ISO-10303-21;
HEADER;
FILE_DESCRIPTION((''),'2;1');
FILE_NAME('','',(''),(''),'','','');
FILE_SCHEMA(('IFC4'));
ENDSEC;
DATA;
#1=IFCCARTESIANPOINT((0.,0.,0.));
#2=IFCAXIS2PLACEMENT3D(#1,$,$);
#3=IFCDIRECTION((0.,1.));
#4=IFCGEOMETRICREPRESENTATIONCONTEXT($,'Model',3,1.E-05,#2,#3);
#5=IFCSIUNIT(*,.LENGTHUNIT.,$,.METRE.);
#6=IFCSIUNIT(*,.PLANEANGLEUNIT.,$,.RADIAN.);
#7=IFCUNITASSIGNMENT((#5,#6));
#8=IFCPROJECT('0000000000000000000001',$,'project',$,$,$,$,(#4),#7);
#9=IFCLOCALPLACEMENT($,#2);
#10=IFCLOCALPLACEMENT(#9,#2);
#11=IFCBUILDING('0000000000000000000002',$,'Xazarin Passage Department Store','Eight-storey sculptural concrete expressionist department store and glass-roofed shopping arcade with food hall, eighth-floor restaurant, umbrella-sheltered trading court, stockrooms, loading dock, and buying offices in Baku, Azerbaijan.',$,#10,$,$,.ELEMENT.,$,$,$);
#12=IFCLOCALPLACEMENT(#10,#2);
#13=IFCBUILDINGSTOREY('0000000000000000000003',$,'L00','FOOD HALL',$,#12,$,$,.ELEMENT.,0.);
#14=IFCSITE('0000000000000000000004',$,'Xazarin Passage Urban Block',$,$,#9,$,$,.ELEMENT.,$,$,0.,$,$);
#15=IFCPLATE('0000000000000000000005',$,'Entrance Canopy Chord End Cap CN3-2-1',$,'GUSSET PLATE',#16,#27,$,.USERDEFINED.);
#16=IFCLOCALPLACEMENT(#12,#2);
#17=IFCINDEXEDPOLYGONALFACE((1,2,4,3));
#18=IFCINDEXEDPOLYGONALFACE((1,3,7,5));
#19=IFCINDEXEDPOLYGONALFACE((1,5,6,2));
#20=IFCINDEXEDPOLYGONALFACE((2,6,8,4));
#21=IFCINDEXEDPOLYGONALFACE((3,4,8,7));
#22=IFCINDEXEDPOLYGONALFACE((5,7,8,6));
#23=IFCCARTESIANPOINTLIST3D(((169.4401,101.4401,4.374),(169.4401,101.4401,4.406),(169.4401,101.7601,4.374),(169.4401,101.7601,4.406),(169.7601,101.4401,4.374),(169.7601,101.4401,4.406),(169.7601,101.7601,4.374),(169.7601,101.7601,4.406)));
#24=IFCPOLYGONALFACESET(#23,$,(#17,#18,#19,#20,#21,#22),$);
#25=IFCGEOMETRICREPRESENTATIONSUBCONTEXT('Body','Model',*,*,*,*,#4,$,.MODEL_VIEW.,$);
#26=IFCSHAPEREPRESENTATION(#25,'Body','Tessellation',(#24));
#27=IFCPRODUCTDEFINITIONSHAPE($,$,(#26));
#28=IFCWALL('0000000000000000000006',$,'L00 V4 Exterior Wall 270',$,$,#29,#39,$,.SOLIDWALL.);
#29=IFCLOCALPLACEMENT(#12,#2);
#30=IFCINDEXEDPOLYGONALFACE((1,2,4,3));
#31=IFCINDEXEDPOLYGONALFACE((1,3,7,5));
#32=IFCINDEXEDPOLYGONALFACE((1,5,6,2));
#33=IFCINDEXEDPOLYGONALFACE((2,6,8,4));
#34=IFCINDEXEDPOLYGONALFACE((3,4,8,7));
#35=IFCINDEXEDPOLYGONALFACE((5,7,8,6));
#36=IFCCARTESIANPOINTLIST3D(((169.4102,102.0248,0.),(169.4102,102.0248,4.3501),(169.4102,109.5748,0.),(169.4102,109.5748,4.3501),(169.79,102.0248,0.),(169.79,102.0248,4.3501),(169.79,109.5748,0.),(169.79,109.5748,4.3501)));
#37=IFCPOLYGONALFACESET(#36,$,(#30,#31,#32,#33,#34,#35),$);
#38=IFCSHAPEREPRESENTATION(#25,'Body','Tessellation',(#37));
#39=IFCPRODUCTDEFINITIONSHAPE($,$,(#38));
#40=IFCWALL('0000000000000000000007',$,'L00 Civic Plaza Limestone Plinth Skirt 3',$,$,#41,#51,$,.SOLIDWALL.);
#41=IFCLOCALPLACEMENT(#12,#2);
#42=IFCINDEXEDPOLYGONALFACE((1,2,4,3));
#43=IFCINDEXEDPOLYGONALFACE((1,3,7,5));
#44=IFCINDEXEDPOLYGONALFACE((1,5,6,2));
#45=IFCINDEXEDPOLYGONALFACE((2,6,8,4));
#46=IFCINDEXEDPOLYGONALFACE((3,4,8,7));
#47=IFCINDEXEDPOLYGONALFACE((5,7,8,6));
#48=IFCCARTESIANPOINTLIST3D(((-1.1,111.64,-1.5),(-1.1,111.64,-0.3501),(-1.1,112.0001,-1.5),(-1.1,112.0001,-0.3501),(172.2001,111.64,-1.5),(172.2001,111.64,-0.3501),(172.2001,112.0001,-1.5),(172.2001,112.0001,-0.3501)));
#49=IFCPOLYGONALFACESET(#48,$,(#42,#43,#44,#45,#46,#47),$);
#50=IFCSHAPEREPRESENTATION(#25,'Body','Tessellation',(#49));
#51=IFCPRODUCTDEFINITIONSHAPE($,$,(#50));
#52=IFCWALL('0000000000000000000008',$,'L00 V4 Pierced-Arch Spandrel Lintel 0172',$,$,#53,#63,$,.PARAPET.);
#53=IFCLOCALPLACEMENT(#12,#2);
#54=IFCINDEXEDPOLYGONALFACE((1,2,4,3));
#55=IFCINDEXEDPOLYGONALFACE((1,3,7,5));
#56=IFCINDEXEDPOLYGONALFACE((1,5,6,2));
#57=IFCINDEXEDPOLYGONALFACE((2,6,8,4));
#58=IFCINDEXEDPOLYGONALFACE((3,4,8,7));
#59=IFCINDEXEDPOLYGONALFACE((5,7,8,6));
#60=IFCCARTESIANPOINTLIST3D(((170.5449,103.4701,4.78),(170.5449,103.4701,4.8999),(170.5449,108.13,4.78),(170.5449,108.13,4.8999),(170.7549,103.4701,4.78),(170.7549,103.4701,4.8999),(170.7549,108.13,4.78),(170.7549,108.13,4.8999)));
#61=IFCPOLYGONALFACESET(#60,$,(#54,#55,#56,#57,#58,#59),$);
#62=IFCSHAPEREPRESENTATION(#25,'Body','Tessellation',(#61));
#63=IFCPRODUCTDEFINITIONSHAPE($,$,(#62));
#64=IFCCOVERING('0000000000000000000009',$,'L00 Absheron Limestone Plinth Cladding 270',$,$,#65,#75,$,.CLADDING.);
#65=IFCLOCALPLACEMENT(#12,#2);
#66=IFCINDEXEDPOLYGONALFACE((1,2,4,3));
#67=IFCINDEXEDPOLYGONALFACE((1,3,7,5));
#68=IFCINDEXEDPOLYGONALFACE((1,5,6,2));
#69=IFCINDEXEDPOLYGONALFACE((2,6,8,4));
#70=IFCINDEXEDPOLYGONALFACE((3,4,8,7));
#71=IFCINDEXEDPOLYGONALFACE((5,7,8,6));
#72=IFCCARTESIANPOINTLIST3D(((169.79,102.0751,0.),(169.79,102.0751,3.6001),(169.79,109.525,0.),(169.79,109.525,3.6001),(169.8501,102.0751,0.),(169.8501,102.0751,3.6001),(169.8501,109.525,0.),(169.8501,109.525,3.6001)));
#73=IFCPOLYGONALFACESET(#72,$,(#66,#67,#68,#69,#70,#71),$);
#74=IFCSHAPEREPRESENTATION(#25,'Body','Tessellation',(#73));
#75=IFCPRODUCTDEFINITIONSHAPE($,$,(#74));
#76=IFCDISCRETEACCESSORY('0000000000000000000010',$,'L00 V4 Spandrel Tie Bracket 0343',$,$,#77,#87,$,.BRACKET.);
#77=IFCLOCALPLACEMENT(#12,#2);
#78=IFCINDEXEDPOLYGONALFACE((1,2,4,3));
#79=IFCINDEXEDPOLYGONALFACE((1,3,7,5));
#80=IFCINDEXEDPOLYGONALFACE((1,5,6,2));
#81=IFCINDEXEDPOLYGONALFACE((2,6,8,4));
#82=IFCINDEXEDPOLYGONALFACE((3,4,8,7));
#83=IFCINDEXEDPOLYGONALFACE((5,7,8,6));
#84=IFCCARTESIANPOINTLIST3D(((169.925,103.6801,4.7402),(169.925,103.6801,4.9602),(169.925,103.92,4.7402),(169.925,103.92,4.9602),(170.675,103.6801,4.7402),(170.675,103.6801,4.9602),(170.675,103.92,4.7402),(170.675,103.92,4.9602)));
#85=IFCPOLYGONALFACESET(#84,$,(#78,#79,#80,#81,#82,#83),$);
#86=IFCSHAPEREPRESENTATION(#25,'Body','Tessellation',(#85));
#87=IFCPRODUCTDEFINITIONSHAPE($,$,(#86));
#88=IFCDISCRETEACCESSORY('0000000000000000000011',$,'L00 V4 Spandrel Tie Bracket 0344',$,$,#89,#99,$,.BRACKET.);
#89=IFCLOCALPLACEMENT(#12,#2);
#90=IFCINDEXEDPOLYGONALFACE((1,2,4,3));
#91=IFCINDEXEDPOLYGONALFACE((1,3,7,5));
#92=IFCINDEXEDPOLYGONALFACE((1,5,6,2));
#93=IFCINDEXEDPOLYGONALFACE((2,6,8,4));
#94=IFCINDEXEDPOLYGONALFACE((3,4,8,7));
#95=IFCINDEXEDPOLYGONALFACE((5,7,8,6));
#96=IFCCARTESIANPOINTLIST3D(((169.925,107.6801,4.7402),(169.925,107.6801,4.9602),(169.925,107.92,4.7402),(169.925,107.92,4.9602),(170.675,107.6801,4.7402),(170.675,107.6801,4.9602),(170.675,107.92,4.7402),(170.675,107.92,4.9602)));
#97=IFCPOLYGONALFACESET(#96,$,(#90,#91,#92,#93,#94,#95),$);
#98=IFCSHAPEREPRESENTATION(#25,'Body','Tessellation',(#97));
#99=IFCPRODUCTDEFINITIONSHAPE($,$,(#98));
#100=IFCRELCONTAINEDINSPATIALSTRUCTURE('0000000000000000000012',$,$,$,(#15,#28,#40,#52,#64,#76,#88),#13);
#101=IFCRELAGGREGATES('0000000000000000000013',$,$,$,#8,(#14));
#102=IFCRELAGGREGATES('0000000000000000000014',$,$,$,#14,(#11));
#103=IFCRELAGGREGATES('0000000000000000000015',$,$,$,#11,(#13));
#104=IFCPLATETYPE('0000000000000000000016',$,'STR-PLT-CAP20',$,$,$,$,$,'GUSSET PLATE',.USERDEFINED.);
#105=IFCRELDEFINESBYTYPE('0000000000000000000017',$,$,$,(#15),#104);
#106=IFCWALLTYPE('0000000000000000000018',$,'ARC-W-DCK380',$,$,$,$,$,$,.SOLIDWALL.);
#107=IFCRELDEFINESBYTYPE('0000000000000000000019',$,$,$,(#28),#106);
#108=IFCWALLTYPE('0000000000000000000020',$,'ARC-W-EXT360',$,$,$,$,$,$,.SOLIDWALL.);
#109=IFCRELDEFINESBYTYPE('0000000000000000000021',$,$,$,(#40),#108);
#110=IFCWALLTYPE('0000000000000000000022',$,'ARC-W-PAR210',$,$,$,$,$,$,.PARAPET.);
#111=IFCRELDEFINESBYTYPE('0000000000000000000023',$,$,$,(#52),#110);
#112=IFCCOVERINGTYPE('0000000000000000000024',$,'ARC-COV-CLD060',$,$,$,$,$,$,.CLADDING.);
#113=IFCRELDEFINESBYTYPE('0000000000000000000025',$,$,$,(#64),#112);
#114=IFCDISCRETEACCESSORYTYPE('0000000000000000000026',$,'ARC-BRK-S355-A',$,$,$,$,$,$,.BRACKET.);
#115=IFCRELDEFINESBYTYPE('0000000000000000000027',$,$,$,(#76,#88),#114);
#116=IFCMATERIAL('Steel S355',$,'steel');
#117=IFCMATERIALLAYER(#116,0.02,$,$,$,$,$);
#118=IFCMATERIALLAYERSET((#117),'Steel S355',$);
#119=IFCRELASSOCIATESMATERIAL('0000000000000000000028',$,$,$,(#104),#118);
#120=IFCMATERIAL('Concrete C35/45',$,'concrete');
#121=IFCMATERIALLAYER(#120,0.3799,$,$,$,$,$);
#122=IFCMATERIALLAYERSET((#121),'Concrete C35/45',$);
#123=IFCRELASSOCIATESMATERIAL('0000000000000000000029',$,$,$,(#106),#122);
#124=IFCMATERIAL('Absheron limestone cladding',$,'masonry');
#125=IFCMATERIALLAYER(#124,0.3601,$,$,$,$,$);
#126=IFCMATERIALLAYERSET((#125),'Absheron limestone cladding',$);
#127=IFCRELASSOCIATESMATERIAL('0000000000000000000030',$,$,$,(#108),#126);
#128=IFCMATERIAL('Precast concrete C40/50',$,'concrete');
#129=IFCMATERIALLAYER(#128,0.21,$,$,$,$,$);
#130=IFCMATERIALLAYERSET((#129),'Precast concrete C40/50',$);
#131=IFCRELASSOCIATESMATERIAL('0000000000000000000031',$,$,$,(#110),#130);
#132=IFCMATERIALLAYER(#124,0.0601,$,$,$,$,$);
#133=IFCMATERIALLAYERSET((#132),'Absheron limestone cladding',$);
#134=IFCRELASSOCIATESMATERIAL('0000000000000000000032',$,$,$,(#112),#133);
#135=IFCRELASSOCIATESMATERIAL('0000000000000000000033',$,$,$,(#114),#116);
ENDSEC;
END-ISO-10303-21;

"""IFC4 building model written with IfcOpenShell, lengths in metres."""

from ifc_helpers import new_model, si_unit, direction, frame, frame_2d, origin, origin_2d, place, context, subcontext, project, spatial, rectangle, extrude, material, layer, layer_set, type_object, element, save


model = new_model("IFC4")

# Units and contexts
model_context = context("Model", 3, precision=1e-05, world=origin(), true_north=direction((0.0, 1.0)))
body_context = subcontext(model_context, "Body", "Model", "MODEL_VIEW")
ifc_project = project(units=[si_unit("LENGTHUNIT", "METRE"), si_unit("PLANEANGLEUNIT", "RADIAN")], contexts=[model_context])

# Site, building, storey
site_placement = place(None, origin())
site = spatial("IfcSite", under=ifc_project, at=site_placement, Name="Xazarin Passage Urban Block", CompositionType="ELEMENT", RefElevation=0.0)
building_placement = place(site_placement, origin())
building = spatial("IfcBuilding", under=site, at=building_placement, Name="Xazarin Passage Department Store", Description="Eight-storey sculptural concrete expressionist department store and glass-roofed shopping arcade with food hall, eighth-floor restaurant, umbrella-sheltered trading court, stockrooms, loading dock, and buying offices in Baku, Azerbaijan.", CompositionType="ELEMENT")
storey_placement = place(building_placement, origin())
storey = spatial("IfcBuildingStorey", under=building, at=storey_placement, Name="L00", Description="FOOD HALL", CompositionType="ELEMENT", Elevation=0.0)

# Shared definitions
ifc_material_1 = material(Name="Concrete C35/45", Category="concrete")

# Shared definitions
ifc_material_2 = material(Name="Steel S355", Category="steel")

# Plate
ifc_material_3 = material(Name="Precast concrete C40/50", Category="concrete")
ifc_layer_1 = layer(ifc_material_2, 0.02)
ifc_layer_set_1 = layer_set([ifc_layer_1], Name="Steel S355")
plate_type_1 = type_object("IfcPlateType", Name="STR-PLT-CAP20", ElementType="GUSSET PLATE", PredefinedType="USERDEFINED", material=ifc_layer_set_1)
plate_placement = place(storey_placement, frame((169.6001, 101.6001, 4.374), z_axis=(0.0, 0.0, 1.0), x_axis=(1.0, 0.0, 0.0)))
element("IfcPlate", 1, at=plate_placement, inside=storey, type_object=plate_type_1, Name="Entrance Canopy Chord End Cap CN3-2-1", ObjectType="GUSSET PLATE", PredefinedType="USERDEFINED", context=body_context, shape_type="SweptSolid", body=[
    extrude(rectangle(XDim=0.3201, YDim=0.3201, at=origin_2d()), origin(), (0.0, 0.0, 1.0), 0.032),
])

# Walls
ifc_layer_2 = layer(ifc_material_1, 0.3799)
ifc_layer_set_2 = layer_set([ifc_layer_2], Name="Concrete C35/45")
wall_type_1 = type_object("IfcWallType", Name="ARC-W-DCK380", PredefinedType="SOLIDWALL", material=ifc_layer_set_2)
wall_1_placement = place(storey_placement, frame((169.6001, 102.0249, 0.0), z_axis=(0.0, 0.0, 1.0), x_axis=(0.0, 1.0, 0.0)))
element("IfcWall", 2, at=wall_1_placement, inside=storey, type_object=wall_type_1, Name="L00 V4 Exterior Wall 270", PredefinedType="SOLIDWALL", context=body_context, shape_type="SweptSolid", body=[
    extrude(rectangle(XDim=7.55, YDim=0.3799, at=frame_2d((3.7749, 0.0))), origin(), (0.0, 0.0, 1.0), 4.3501),
])
ifc_material_4 = material(Name="Absheron limestone cladding", Category="masonry")
ifc_layer_3 = layer(ifc_material_4, 0.3601)
ifc_layer_set_3 = layer_set([ifc_layer_3], Name="Absheron limestone cladding")
wall_type_2 = type_object("IfcWallType", Name="ARC-W-EXT360", PredefinedType="SOLIDWALL", material=ifc_layer_set_3)
wall_2_placement = place(storey_placement, frame((172.2, 111.8201, -1.5), z_axis=(0.0, 0.0, 1.0), x_axis=(-1.0, 0.0, 0.0)))
element("IfcWall", 3, at=wall_2_placement, inside=storey, type_object=wall_type_2, Name="L00 Civic Plaza Limestone Plinth Skirt 3", PredefinedType="SOLIDWALL", context=body_context, shape_type="SweptSolid", body=[
    extrude(rectangle(XDim=173.3, YDim=0.3601, at=frame_2d((86.6499, 0.0))), origin(), (0.0, 0.0, 1.0), 1.1499),
])
ifc_layer_4 = layer(ifc_material_3, 0.21)
ifc_layer_set_4 = layer_set([ifc_layer_4], Name="Precast concrete C40/50")
wall_type_3 = type_object("IfcWallType", Name="ARC-W-PAR210", PredefinedType="PARAPET", material=ifc_layer_set_4)
wall_3_placement = place(storey_placement, frame((170.6499, 103.47, 4.78), z_axis=(0.0, 0.0, 1.0), x_axis=(0.0, 1.0, 0.0)))
element("IfcWall", 4, at=wall_3_placement, inside=storey, type_object=wall_type_3, Name="L00 V4 Pierced-Arch Spandrel Lintel 0172", PredefinedType="PARAPET", context=body_context, shape_type="SweptSolid", body=[
    extrude(rectangle(XDim=4.6599, YDim=0.21, at=frame_2d((2.3301, 0.0))), origin(), (0.0, 0.0, 1.0), 0.1199),
])

# Covering
ifc_layer_5 = layer(ifc_material_4, 0.0601)
ifc_layer_set_5 = layer_set([ifc_layer_5], Name="Absheron limestone cladding")
covering_type = type_object("IfcCoveringType", Name="ARC-COV-CLD060", PredefinedType="CLADDING", material=ifc_layer_set_5)
covering_placement = place(storey_placement, frame((169.8201, 105.8, 0.0), z_axis=(0.0, 0.0, 1.0), x_axis=(0.0, 1.0, 0.0)))
element("IfcCovering", 5, at=covering_placement, inside=storey, type_object=covering_type, Name="L00 Absheron Limestone Plinth Cladding 270", PredefinedType="CLADDING", context=body_context, shape_type="SweptSolid", body=[
    extrude(rectangle(XDim=7.45, YDim=0.0601, at=origin_2d()), origin(), (0.0, 0.0, 1.0), 3.6001),
])

# Discrete accessories
discrete_accessory_type = type_object("IfcDiscreteAccessoryType", Name="ARC-BRK-S355-A", PredefinedType="BRACKET", material=ifc_material_2)
for number, where, z_axis, x_axis, name in (
    (6, (170.3, 103.8, 4.7402), (0.0, 0.0, 1.0), (0.0, 1.0, 0.0), "L00 V4 Spandrel Tie Bracket 0343"),
    (7, (170.3, 107.8, 4.7402), (0.0, 0.0, 1.0), (0.0, 1.0, 0.0), "L00 V4 Spandrel Tie Bracket 0344"),
):
    element("IfcDiscreteAccessory", number, at=place(storey_placement, frame(where, z_axis=z_axis, x_axis=x_axis)), inside=storey, type_object=discrete_accessory_type, Name=name, PredefinedType="BRACKET", context=body_context, shape_type="SweptSolid", body=[
        extrude(rectangle(XDim=0.24, YDim=0.75, at=origin_2d()), origin(), (0.0, 0.0, 1.0), 0.22),
    ])

save(model, "model.ifc")
